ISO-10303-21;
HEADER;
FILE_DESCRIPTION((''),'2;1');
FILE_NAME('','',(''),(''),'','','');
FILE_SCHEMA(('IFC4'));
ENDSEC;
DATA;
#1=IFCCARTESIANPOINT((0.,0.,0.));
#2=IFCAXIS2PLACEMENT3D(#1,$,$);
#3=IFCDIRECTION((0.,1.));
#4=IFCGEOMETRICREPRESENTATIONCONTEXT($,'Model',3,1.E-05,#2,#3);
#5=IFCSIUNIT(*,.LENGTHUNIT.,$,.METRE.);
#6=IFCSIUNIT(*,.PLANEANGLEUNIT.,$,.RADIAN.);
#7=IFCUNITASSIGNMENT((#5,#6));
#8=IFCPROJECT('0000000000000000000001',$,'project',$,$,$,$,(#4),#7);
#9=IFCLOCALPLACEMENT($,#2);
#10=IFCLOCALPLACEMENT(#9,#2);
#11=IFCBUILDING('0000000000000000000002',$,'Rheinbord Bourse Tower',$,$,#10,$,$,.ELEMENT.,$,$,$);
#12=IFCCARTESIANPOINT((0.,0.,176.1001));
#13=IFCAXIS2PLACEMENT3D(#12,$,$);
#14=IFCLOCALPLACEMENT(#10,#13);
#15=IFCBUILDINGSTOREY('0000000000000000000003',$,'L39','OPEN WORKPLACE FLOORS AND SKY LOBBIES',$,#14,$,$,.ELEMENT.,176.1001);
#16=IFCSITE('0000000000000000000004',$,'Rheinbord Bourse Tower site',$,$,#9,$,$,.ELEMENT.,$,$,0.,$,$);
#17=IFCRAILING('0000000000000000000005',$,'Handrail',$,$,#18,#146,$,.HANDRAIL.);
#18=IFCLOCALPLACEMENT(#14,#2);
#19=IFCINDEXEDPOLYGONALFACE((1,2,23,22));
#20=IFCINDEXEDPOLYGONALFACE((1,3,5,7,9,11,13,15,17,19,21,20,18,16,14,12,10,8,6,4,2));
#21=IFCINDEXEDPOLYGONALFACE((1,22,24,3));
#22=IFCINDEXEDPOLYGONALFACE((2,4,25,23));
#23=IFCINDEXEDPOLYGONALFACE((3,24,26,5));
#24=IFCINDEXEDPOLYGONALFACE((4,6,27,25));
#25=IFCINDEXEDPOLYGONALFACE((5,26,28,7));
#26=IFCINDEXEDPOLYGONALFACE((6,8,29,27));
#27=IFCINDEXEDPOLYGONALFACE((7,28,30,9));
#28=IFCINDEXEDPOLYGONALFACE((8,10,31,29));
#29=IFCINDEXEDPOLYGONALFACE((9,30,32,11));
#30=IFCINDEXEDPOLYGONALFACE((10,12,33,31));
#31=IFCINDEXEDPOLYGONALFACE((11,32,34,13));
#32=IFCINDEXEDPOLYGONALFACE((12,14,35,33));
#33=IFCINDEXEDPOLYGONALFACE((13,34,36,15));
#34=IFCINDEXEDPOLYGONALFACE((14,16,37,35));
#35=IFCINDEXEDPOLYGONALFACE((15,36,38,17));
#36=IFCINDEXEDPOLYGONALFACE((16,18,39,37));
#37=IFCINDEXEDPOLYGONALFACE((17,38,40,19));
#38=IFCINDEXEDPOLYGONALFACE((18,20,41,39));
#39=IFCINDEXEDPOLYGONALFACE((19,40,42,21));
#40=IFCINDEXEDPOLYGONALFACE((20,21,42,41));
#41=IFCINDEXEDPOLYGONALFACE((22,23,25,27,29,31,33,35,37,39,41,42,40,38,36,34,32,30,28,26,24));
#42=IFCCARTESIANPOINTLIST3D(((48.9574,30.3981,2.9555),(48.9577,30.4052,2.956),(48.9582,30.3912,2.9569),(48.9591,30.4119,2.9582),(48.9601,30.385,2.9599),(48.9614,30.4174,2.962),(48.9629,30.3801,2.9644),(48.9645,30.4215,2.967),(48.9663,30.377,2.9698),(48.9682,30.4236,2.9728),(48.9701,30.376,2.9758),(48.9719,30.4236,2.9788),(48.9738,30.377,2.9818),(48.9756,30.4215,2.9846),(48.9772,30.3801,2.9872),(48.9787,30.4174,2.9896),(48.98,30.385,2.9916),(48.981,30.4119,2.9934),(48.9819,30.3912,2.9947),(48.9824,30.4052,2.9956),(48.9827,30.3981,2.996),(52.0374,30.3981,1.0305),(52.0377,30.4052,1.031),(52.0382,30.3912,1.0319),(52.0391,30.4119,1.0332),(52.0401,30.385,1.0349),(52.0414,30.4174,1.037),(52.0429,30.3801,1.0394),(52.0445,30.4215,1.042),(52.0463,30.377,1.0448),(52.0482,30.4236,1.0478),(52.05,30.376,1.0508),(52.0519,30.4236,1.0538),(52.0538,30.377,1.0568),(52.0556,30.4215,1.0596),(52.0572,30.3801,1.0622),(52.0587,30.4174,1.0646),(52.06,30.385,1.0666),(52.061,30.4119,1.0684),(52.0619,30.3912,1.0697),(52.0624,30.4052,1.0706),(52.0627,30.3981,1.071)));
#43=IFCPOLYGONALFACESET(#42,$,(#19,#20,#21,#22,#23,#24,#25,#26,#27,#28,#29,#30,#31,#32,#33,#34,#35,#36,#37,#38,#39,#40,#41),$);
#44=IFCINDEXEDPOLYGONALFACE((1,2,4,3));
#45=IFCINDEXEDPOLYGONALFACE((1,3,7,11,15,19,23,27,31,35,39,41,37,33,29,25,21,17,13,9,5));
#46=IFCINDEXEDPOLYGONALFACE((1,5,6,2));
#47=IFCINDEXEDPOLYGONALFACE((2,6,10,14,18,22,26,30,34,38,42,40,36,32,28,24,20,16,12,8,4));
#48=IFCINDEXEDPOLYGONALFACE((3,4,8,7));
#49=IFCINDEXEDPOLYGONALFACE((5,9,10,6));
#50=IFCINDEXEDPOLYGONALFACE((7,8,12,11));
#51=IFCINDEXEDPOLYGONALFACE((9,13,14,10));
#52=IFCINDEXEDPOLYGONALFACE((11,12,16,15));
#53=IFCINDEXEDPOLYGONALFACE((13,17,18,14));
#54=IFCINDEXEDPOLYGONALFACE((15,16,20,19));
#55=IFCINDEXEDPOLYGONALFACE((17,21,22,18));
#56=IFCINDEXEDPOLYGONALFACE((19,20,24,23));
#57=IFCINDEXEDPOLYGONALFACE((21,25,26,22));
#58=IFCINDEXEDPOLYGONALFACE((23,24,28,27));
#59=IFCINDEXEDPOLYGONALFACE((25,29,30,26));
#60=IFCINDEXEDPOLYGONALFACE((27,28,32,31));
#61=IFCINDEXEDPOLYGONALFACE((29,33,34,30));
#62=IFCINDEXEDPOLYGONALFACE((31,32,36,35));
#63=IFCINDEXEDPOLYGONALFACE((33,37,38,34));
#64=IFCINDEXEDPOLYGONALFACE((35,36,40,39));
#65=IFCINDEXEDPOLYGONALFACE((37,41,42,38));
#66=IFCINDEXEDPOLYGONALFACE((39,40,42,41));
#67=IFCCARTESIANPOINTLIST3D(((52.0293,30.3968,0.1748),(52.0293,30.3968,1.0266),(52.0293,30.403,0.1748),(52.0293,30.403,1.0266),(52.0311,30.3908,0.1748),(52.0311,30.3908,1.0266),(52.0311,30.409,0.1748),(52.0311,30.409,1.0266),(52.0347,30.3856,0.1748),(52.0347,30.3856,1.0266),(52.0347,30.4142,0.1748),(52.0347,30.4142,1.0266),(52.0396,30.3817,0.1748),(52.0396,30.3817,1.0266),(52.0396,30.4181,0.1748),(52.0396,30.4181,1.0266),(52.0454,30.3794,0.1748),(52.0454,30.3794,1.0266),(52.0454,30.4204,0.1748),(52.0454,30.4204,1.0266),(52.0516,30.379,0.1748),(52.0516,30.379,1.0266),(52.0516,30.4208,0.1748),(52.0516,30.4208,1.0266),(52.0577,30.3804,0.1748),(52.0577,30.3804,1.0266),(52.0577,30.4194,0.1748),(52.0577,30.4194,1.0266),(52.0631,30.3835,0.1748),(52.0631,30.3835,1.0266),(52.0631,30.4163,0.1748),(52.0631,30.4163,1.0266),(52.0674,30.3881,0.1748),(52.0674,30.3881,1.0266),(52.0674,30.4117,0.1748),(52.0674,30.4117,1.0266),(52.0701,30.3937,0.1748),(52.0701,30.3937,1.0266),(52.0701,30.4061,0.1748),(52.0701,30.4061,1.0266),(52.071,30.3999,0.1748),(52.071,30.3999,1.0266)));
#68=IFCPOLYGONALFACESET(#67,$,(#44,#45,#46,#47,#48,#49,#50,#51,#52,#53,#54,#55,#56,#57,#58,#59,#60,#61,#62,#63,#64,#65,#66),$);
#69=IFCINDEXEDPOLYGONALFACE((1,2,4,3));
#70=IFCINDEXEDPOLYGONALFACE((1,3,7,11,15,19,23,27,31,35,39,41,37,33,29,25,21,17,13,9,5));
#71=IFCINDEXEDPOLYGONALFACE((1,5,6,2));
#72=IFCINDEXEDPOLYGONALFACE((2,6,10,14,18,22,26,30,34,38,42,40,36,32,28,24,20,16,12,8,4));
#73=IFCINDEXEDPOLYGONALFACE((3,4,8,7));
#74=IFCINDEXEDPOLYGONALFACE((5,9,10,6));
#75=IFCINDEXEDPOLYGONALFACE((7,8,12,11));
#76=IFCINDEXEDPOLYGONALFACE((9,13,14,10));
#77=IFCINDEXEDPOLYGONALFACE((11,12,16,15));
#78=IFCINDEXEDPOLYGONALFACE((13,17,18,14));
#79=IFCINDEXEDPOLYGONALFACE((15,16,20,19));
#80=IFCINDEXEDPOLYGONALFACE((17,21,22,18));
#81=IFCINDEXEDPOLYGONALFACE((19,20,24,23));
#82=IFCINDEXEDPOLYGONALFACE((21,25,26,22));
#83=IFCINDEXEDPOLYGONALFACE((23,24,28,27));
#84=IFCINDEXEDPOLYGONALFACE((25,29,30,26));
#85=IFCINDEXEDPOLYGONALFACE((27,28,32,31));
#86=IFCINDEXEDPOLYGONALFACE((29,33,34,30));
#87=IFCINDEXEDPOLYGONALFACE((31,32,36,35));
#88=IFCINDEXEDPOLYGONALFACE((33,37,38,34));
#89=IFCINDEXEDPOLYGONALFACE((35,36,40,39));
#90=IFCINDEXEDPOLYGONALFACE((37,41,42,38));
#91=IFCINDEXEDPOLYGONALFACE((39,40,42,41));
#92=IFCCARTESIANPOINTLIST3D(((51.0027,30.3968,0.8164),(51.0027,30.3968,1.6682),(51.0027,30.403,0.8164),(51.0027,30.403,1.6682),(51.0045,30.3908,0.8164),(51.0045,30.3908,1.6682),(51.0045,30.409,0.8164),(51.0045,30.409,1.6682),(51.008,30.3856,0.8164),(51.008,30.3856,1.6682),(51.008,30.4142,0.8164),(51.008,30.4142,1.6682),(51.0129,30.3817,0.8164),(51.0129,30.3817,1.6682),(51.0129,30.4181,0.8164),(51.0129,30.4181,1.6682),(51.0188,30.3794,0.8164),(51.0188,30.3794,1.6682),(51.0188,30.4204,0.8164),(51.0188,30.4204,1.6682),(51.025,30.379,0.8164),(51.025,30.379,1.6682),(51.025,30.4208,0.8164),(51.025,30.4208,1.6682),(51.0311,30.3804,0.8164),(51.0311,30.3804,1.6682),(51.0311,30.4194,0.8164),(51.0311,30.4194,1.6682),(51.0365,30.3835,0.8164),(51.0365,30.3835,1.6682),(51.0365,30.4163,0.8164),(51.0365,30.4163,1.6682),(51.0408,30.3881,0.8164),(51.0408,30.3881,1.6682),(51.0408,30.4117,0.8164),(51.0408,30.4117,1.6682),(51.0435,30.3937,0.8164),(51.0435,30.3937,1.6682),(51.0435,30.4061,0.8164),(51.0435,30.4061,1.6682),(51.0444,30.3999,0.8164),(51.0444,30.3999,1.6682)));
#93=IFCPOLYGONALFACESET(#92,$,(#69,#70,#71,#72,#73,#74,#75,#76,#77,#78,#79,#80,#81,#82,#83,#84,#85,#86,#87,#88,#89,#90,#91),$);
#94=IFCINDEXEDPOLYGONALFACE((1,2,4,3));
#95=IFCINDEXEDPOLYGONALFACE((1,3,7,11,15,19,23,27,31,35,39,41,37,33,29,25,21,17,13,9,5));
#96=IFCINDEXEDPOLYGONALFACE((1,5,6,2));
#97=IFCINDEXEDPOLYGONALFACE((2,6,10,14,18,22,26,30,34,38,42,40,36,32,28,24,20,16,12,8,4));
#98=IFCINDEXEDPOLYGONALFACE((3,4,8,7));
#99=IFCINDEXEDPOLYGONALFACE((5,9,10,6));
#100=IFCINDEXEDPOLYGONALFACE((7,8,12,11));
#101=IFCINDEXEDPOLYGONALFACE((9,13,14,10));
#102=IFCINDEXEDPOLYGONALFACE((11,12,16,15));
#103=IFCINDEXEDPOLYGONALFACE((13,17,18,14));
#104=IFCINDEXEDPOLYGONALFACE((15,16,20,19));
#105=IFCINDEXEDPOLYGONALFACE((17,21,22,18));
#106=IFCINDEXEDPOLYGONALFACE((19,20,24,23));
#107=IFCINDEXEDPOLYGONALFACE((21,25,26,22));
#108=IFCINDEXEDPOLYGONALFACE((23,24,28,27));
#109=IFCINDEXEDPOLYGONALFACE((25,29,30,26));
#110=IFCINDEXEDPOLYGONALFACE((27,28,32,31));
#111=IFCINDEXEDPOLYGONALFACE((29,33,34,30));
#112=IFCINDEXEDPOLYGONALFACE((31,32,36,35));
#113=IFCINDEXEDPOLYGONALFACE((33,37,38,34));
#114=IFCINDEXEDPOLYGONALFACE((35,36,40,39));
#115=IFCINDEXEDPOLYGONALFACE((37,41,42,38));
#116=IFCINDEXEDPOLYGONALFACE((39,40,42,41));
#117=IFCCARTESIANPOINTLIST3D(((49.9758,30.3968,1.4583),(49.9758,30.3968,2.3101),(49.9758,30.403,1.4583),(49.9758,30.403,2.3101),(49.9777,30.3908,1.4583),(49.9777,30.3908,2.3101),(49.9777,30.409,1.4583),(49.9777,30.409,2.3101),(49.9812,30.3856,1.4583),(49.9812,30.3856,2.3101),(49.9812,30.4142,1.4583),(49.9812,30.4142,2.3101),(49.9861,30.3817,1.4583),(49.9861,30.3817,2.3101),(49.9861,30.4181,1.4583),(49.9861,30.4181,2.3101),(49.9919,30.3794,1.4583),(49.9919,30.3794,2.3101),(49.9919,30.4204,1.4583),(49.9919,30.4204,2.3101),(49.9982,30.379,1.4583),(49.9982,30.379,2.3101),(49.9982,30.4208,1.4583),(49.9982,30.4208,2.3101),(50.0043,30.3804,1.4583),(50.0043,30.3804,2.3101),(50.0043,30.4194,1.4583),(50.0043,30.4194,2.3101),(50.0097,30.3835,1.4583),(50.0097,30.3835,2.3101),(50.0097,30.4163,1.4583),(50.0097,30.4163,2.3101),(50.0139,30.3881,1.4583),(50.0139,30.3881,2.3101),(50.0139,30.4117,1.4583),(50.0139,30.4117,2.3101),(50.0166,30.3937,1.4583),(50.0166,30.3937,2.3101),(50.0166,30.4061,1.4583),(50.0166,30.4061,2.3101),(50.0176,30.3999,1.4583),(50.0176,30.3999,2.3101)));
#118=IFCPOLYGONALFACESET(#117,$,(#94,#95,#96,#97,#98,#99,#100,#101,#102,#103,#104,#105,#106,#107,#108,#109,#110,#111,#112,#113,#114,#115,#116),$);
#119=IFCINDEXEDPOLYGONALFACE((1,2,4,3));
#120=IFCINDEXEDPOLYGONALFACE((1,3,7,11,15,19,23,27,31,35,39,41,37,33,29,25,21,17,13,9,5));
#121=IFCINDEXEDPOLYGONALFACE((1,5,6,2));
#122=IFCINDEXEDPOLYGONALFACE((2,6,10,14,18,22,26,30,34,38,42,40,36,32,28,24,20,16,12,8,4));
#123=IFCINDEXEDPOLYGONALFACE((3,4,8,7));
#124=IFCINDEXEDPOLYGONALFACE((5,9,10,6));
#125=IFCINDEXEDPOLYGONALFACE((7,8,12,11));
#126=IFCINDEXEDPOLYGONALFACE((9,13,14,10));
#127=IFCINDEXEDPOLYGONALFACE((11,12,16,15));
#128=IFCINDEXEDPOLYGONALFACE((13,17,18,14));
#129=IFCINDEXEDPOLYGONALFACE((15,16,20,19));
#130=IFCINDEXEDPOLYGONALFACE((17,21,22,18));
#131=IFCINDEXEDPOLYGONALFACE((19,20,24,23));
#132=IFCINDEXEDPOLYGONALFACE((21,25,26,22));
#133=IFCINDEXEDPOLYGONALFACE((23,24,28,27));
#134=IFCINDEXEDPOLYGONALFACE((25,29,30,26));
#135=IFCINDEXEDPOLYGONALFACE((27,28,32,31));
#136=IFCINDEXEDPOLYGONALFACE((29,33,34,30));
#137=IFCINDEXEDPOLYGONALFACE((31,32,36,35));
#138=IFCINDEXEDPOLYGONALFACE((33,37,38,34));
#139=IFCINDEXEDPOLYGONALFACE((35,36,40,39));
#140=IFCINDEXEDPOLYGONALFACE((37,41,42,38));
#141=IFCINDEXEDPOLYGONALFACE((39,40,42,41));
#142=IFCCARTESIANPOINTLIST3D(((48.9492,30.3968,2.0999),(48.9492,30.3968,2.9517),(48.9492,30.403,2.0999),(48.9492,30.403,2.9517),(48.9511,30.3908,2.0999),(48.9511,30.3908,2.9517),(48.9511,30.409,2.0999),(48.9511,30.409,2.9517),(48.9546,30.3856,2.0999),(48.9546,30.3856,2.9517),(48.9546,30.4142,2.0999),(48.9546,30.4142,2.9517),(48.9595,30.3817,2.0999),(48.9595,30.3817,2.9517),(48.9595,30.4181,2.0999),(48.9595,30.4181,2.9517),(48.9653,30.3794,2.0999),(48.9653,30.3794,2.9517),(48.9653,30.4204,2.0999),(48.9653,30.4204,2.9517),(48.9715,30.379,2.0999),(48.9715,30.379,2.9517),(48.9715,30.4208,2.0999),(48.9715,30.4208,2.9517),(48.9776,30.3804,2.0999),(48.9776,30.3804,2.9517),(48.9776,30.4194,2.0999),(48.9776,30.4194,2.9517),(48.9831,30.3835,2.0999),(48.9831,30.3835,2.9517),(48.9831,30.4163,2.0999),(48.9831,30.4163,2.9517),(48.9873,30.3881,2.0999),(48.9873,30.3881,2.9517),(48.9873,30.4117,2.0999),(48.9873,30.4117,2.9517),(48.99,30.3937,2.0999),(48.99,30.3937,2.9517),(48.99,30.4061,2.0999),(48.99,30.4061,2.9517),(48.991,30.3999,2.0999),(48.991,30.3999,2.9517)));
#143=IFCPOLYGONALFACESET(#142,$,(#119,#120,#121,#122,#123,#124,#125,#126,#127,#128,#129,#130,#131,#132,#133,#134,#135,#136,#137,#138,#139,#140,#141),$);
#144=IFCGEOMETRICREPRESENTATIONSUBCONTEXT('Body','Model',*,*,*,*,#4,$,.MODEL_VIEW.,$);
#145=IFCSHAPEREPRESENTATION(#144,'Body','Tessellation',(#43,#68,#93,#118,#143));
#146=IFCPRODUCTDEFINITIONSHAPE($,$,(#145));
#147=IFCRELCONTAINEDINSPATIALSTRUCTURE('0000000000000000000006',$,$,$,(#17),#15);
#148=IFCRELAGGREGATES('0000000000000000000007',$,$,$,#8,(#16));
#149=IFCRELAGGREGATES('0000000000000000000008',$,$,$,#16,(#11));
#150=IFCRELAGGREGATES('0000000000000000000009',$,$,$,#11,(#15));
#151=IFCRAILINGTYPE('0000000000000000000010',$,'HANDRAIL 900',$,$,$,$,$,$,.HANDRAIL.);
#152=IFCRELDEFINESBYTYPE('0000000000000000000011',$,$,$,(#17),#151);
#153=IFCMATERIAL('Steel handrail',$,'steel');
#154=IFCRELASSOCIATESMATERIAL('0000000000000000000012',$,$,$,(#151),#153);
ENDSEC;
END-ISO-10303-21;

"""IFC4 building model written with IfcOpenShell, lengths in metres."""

from ifc_helpers import new_model, si_unit, direction, frame, origin, origin_2d, place, context, subcontext, project, spatial, circle, extrude, material, type_object, element, save


model = new_model("IFC4")

# Units and contexts
model_context = context("Model", 3, precision=1e-05, world=origin(), true_north=direction((0.0, 1.0)))
body_context = subcontext(model_context, "Body", "Model", "MODEL_VIEW")
ifc_project = project(units=[si_unit("LENGTHUNIT", "METRE"), si_unit("PLANEANGLEUNIT", "RADIAN")], contexts=[model_context])

# Site, building, storey
site_placement = place(None, origin())
site = spatial("IfcSite", under=ifc_project, at=site_placement, Name="Rheinbord Bourse Tower site", CompositionType="ELEMENT", RefElevation=0.0)
building_placement = place(site_placement, origin())
building = spatial("IfcBuilding", under=site, at=building_placement, Name="Rheinbord Bourse Tower", CompositionType="ELEMENT")
storey_placement = place(building_placement, frame((0.0, 0.0, 176.1001)))
storey = spatial("IfcBuildingStorey", under=building, at=storey_placement, Name="L39", Description="OPEN WORKPLACE FLOORS AND SKY LOBBIES", CompositionType="ELEMENT", Elevation=176.1001)

# Railing
ifc_material_1 = material(Name="Steel handrail", Category="steel")
railing_type = type_object("IfcRailingType", Name="HANDRAIL 900", PredefinedType="HANDRAIL", material=ifc_material_1)
railing_1_placement = place(storey_placement, frame((52.05, 30.3999, 0.1748)))
element("IfcRailing", 1, at=railing_1_placement, inside=storey, type_object=railing_type, Name="Handrail", PredefinedType="HANDRAIL", context=body_context, shape_type="SweptSolid", body=[
    extrude(circle(Radius=0.0239, at=origin_2d()), frame((0.0, 0.0, 0.876), z_axis=(-0.847998, 0.0, 0.529999), x_axis=(0.0, -1.0, 0.0)), (0.0, 0.0, 1.0), 3.6321),
    extrude(circle(Radius=0.021, at=origin_2d()), origin(), (0.0, 0.0, 1.0), 0.8518),
    extrude(circle(Radius=0.021, at=origin_2d()), frame((-1.0266, 0.0, 0.6416)), (0.0, 0.0, 1.0), 0.8518),
    extrude(circle(Radius=0.021, at=origin_2d()), frame((-2.0535, 0.0, 1.2834)), (0.0, 0.0, 1.0), 0.8518),
    extrude(circle(Radius=0.021, at=origin_2d()), frame((-3.0801, 0.0, 1.925)), (0.0, 0.0, 1.0), 0.8518),
])

save(model, "model.ifc")
